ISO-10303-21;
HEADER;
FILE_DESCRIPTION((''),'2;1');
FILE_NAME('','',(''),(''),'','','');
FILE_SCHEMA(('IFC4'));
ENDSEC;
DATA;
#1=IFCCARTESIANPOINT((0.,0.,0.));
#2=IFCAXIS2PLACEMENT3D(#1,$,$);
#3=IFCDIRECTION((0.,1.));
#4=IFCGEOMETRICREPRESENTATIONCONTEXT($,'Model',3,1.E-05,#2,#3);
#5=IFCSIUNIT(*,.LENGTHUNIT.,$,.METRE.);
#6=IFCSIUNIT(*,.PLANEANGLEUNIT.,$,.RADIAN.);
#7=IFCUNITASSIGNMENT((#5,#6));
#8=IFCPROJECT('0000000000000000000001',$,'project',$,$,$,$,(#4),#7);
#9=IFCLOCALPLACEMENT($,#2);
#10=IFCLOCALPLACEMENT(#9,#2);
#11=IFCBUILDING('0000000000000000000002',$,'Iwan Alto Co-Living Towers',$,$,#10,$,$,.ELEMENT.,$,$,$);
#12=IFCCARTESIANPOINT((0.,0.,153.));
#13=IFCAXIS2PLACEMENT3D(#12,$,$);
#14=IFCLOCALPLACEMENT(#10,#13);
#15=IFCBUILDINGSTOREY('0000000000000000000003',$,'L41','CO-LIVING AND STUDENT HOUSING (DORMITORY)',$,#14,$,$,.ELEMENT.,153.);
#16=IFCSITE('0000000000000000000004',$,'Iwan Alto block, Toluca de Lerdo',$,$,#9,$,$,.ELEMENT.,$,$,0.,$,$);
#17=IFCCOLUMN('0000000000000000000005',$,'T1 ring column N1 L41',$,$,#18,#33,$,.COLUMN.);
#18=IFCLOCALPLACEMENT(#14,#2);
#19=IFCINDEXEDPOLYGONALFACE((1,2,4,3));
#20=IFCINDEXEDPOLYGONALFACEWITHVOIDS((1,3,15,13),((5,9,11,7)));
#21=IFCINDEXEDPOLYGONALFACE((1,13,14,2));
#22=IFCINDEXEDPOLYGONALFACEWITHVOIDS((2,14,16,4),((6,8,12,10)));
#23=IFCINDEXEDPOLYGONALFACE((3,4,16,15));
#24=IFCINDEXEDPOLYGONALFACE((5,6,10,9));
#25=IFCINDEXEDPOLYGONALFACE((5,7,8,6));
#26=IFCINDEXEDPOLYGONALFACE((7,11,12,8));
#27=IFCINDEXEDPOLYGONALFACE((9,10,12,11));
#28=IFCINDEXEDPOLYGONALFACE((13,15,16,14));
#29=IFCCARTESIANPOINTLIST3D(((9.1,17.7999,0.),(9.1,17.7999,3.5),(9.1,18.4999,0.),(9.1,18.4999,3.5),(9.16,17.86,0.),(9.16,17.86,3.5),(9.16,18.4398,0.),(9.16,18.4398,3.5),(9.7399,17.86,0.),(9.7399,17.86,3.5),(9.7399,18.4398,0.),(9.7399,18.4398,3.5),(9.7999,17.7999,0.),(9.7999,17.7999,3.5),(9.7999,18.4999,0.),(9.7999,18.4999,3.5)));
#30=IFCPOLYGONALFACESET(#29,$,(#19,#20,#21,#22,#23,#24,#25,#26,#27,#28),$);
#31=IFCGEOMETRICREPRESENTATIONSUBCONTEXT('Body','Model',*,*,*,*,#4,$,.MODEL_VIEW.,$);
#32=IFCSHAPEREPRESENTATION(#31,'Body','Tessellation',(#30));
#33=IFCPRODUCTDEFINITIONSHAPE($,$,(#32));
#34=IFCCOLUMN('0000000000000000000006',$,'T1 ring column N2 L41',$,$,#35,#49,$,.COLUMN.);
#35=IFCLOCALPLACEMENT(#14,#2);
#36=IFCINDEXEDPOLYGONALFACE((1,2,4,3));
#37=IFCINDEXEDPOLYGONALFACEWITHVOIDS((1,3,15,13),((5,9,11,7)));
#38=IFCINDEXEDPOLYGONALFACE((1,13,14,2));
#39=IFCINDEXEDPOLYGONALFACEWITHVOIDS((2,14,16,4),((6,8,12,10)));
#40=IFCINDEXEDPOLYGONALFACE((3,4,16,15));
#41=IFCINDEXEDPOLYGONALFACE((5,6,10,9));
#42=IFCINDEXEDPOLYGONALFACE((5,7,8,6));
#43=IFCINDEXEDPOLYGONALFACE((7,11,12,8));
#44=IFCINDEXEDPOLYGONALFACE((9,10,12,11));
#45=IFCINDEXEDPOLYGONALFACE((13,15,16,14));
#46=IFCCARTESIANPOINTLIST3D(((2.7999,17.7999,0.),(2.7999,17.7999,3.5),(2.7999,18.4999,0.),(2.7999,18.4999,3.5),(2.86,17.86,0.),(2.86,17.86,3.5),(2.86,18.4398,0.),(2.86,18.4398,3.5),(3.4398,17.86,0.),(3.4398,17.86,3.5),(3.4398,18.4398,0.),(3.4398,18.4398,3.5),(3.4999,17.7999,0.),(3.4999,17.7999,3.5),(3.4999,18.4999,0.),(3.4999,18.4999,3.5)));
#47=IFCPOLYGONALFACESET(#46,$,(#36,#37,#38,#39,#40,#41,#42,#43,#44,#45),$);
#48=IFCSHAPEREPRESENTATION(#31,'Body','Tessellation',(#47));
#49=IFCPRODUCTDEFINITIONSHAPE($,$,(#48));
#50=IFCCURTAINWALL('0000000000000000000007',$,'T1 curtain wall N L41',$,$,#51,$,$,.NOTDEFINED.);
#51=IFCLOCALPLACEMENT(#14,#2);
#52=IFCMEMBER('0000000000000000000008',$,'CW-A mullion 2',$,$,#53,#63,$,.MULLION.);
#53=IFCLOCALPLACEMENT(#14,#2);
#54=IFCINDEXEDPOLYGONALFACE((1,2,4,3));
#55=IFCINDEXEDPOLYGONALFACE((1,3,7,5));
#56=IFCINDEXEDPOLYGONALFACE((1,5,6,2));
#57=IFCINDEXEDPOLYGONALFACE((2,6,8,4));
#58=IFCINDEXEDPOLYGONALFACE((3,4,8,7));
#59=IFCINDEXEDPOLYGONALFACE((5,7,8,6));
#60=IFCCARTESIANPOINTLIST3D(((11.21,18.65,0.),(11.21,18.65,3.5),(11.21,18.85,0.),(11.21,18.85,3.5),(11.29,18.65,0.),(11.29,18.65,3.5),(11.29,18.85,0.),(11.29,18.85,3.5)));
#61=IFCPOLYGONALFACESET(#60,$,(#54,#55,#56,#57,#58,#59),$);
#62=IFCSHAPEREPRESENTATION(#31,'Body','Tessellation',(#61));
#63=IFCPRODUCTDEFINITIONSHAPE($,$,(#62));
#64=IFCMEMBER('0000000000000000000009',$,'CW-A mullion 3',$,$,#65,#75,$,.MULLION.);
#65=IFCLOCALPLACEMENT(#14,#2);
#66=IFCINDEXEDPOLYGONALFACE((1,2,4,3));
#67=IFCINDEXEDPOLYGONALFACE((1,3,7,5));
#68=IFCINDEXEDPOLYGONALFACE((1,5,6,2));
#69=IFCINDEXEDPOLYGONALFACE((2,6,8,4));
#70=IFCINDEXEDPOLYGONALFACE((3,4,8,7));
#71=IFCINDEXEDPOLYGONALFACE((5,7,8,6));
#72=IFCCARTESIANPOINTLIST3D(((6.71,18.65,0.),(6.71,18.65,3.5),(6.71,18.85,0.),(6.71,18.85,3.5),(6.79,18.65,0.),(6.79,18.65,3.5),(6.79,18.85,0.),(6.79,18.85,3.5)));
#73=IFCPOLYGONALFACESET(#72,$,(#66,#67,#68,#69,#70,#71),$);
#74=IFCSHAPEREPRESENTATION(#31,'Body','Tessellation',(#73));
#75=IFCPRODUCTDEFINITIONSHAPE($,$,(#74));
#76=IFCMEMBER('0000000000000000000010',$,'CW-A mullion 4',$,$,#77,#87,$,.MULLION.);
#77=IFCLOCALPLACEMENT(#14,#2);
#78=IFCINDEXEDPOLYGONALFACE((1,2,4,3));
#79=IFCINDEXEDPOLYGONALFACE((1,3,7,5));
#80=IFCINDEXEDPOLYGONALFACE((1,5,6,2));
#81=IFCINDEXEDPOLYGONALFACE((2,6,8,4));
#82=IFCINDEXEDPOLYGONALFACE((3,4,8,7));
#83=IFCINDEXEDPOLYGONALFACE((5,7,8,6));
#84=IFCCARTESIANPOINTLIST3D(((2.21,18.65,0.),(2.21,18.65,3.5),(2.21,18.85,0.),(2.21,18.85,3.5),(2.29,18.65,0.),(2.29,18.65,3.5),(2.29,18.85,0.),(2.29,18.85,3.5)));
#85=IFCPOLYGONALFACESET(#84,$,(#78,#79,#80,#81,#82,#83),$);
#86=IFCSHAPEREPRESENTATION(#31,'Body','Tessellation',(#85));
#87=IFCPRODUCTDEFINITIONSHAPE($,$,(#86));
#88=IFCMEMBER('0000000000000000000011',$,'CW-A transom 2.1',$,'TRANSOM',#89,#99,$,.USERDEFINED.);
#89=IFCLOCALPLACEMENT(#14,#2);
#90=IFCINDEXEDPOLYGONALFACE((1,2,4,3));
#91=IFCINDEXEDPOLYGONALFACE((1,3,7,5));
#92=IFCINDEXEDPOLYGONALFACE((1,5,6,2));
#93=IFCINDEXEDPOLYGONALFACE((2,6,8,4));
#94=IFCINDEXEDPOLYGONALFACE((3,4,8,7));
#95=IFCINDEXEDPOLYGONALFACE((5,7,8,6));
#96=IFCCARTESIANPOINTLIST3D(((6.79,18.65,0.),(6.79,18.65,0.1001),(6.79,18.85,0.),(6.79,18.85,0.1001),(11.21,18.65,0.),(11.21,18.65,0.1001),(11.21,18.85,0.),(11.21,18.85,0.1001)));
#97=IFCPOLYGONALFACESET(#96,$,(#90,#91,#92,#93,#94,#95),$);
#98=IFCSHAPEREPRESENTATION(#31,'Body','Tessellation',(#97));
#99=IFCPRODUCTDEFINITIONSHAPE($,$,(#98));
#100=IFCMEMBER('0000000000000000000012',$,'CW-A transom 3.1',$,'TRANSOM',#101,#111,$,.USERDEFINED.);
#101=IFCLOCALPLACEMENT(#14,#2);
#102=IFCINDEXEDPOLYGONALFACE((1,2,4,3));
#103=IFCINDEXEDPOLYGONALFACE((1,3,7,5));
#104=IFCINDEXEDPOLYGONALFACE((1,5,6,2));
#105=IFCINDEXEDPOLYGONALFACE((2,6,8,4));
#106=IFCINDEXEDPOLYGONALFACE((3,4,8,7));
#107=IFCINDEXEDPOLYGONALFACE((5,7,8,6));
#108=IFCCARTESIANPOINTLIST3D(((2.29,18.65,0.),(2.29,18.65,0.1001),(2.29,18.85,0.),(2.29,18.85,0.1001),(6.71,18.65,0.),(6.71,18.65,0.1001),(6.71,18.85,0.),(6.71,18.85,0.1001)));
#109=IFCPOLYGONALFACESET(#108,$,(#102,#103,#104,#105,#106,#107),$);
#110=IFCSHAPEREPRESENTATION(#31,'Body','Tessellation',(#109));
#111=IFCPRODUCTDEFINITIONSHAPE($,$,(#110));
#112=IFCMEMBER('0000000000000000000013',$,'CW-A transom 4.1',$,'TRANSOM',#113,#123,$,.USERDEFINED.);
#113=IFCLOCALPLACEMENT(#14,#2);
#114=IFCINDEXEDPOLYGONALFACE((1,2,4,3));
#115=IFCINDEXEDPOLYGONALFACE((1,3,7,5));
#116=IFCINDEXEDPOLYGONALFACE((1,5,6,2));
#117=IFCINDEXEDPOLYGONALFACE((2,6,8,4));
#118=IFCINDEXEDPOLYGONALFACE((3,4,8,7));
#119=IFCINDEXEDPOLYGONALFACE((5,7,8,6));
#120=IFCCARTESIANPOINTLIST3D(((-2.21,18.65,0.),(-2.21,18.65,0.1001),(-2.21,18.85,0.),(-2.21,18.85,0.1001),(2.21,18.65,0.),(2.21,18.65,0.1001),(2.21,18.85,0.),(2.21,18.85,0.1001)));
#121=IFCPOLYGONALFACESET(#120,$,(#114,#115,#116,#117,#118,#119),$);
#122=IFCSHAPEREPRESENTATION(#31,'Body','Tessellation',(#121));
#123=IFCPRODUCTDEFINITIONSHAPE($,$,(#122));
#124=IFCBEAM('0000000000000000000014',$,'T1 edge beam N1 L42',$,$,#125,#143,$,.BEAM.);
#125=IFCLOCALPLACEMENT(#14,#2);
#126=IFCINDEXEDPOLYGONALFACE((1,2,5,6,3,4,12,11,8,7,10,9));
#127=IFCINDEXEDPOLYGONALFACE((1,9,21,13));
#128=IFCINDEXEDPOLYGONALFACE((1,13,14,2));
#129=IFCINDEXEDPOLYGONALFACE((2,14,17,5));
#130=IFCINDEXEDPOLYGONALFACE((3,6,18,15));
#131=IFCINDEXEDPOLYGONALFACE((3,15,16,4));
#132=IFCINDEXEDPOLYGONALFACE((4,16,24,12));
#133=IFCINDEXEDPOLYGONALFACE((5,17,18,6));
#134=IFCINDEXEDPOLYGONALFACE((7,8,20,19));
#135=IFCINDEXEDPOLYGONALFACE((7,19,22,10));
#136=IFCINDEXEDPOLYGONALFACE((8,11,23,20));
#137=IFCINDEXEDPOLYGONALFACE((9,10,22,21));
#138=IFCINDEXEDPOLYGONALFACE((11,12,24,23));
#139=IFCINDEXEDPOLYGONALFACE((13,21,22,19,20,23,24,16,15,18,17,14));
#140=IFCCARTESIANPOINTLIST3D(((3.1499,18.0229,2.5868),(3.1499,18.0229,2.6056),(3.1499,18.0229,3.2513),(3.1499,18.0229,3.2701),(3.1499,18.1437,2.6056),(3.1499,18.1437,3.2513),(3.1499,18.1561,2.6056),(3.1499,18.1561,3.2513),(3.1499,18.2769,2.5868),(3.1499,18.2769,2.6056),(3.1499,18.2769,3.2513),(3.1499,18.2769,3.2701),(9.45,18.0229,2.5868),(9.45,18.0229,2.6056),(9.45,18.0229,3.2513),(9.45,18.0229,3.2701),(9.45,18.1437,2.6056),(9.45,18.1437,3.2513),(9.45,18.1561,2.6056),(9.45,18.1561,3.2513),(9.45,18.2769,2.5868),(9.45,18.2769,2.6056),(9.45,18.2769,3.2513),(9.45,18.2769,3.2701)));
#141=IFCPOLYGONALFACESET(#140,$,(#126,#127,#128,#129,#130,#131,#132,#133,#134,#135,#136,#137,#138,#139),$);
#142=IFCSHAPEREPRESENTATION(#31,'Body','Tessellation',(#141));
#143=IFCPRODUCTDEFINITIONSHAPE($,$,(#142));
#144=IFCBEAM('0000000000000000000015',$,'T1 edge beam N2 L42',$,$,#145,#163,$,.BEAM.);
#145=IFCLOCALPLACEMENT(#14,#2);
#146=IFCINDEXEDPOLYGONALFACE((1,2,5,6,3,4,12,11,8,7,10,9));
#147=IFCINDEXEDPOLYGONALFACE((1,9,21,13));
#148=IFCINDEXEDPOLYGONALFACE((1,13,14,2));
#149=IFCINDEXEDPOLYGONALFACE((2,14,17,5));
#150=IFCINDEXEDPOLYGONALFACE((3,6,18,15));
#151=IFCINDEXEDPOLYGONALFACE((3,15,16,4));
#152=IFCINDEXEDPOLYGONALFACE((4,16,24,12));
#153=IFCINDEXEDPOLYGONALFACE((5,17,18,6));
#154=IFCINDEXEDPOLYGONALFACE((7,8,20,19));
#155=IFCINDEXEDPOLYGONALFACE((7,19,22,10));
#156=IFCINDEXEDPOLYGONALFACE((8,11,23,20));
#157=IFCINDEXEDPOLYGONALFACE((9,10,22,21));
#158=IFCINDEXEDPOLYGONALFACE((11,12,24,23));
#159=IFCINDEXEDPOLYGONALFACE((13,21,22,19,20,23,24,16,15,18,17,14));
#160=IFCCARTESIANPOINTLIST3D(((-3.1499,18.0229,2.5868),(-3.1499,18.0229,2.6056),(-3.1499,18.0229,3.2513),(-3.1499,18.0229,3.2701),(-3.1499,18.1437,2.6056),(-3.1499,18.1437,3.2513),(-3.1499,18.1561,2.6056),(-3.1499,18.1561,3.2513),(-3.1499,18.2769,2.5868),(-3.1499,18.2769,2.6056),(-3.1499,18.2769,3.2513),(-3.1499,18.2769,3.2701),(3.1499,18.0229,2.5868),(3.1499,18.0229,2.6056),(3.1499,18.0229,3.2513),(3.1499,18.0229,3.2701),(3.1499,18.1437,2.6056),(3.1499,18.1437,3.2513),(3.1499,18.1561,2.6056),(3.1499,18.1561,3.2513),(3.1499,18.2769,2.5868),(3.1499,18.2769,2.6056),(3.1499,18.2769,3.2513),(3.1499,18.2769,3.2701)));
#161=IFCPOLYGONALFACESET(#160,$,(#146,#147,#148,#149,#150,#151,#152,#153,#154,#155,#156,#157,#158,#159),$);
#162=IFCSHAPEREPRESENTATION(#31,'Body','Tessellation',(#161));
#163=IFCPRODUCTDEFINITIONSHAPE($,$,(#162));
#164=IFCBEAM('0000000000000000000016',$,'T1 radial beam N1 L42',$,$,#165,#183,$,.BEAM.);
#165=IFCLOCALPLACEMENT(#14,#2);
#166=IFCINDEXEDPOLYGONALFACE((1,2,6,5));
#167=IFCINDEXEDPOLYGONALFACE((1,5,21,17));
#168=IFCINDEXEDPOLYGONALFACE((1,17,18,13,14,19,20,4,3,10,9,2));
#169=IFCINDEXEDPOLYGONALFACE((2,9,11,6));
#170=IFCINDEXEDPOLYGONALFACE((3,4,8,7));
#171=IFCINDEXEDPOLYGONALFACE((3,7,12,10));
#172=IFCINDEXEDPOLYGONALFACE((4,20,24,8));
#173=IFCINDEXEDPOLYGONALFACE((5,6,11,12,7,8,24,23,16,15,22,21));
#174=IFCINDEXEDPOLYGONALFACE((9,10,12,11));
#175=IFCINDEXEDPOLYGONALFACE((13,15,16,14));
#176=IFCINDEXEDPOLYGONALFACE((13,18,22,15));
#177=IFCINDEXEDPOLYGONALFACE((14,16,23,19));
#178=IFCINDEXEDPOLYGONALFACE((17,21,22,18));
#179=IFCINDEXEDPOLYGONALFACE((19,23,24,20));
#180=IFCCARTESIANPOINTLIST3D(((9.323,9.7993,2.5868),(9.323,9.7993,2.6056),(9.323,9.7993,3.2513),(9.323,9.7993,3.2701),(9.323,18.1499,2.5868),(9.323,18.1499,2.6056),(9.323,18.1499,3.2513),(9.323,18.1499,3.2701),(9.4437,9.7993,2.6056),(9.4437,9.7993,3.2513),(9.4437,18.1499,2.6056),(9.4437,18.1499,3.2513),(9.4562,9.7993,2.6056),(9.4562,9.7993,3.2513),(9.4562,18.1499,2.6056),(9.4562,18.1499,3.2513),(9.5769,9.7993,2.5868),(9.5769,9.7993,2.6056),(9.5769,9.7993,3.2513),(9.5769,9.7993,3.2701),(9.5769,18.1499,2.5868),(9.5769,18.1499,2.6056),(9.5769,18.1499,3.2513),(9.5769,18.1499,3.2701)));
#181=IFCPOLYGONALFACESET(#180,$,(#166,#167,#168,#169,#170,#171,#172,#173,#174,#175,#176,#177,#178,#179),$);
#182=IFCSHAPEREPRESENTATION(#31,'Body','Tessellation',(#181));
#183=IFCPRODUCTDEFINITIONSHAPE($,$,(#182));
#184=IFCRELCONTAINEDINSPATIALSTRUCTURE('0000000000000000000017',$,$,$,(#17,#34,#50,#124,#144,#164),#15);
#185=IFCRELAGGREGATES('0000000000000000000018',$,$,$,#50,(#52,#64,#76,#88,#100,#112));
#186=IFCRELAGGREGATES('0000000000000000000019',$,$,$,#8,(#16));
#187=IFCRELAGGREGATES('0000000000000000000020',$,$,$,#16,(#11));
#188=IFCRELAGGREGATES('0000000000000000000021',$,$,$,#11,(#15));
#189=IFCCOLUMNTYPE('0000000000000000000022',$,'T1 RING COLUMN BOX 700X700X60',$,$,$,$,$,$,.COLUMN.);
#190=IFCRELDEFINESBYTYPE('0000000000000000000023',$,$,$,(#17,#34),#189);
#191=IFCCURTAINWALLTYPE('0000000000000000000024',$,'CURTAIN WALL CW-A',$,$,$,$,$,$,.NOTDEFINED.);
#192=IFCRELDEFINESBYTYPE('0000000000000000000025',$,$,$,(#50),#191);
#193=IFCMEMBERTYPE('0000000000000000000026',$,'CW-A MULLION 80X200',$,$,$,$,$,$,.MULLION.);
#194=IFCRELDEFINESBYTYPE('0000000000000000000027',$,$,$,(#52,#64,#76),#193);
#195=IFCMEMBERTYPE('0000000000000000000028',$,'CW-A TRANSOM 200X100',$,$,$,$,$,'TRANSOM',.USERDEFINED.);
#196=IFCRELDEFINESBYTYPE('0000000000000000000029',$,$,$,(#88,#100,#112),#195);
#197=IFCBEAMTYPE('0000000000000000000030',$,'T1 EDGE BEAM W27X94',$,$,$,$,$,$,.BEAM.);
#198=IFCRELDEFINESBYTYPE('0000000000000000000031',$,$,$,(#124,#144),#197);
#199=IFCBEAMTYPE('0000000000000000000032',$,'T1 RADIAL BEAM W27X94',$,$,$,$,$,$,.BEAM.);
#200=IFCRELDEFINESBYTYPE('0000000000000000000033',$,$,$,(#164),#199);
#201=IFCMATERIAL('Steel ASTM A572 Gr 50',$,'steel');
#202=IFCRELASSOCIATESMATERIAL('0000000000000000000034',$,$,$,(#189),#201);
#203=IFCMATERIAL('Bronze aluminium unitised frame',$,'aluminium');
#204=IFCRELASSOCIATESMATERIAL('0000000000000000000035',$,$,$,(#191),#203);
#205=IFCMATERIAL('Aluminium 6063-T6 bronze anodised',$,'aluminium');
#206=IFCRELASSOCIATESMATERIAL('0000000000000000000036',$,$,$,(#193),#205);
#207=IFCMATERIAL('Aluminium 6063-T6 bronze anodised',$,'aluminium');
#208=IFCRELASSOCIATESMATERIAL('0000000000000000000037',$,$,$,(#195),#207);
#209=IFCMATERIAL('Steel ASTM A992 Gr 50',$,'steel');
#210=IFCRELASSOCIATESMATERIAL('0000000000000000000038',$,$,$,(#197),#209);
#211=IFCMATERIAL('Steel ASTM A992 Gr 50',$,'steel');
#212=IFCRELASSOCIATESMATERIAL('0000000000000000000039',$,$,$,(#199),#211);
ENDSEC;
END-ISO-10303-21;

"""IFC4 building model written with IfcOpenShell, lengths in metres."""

from ifc_helpers import new_model, si_unit, direction, frame, origin, origin_2d, place, context, subcontext, project, spatial, rectangle, hollow_rectangle, i_section, extrude, material, material_profile, profile_set, type_object, element, aggregate, save


model = new_model("IFC4")

# Units and contexts
model_context = context("Model", 3, precision=1e-05, world=origin(), true_north=direction((0.0, 1.0)))
body_context = subcontext(model_context, "Body", "Model", "MODEL_VIEW")
ifc_project = project(units=[si_unit("LENGTHUNIT", "METRE"), si_unit("PLANEANGLEUNIT", "RADIAN")], contexts=[model_context])

# Site, building, storey
site_placement = place(None, origin())
site = spatial("IfcSite", under=ifc_project, at=site_placement, Name="Iwan Alto block, Toluca de Lerdo", CompositionType="ELEMENT", RefElevation=0.0)
building_placement = place(site_placement, origin())
building = spatial("IfcBuilding", under=site, at=building_placement, Name="Iwan Alto Co-Living Towers", CompositionType="ELEMENT")
storey_placement = place(building_placement, frame((0.0, 0.0, 153.0)))
storey = spatial("IfcBuildingStorey", under=building, at=storey_placement, Name="L41", Description="CO-LIVING AND STUDENT HOUSING (DORMITORY)", CompositionType="ELEMENT", Elevation=153.0)

# Columns
ifc_material_1 = material(Name="Steel ASTM A572 Gr 50", Category="steel")
ifc_material_profile_1 = material_profile(ifc_material_1, hollow_rectangle(XDim=0.7, YDim=0.7, WallThickness=0.0601, at=origin_2d()), Name="BOX 700X700X60")
ifc_profile_set_1 = profile_set([ifc_material_profile_1], Name="Steel ASTM A572 Gr 50")
column_type = type_object("IfcColumnType", Name="T1 RING COLUMN BOX 700X700X60", PredefinedType="COLUMN", material=ifc_profile_set_1)
for number, where, z_axis, x_axis, name in (
    (1, (9.45, 18.1499, 0.0), (0.0, 0.0, 1.0), (1.0, 0.0, 0.0), "T1 ring column N1 L41"),
    (2, (3.1499, 18.1499, 0.0), (0.0, 0.0, 1.0), (1.0, 0.0, 0.0), "T1 ring column N2 L41"),
):
    element("IfcColumn", number, at=place(storey_placement, frame(where, z_axis=z_axis, x_axis=x_axis)), inside=storey, type_object=column_type, Name=name, PredefinedType="COLUMN", context=body_context, shape_type="SweptSolid", body=[
        extrude(hollow_rectangle(XDim=0.7, YDim=0.7, WallThickness=0.0601, at=origin_2d()), origin(), (0.0, 0.0, 1.0), 3.5),
    ])

# Curtain wall, members
ifc_material_2 = material(Name="Bronze aluminium unitised frame", Category="aluminium")
curtain_wall_type = type_object("IfcCurtainWallType", Name="CURTAIN WALL CW-A", PredefinedType="NOTDEFINED", material=ifc_material_2)
curtain_wall_placement = place(storey_placement, origin())
curtain_wall = element("IfcCurtainWall", 3, at=curtain_wall_placement, inside=storey, type_object=curtain_wall_type, Name="T1 curtain wall N L41", PredefinedType="NOTDEFINED")
ifc_material_3 = material(Name="Aluminium 6063-T6 bronze anodised", Category="aluminium")
ifc_material_profile_2 = material_profile(ifc_material_3, rectangle(XDim=0.2, YDim=0.0801, at=origin_2d()), Name="AL 80X200")
ifc_profile_set_2 = profile_set([ifc_material_profile_2], Name="Aluminium 6063-T6 bronze anodised")
member_type_1 = type_object("IfcMemberType", Name="CW-A MULLION 80X200", PredefinedType="MULLION", material=ifc_profile_set_2)
member_1_placement = place(storey_placement, frame((11.25, 18.75, 0.0), z_axis=(0.0, 0.0, 1.0), x_axis=(0.0, -1.0, 0.0)))
member_1 = element("IfcMember", 4, at=member_1_placement, type_object=member_type_1, Name="CW-A mullion 2", PredefinedType="MULLION", context=body_context, shape_type="SweptSolid", body=[
    extrude(rectangle(XDim=0.2, YDim=0.0801, at=origin_2d()), origin(), (0.0, 0.0, 1.0), 3.5),
])
member_2_placement = place(storey_placement, frame((6.75, 18.75, 0.0), z_axis=(0.0, 0.0, 1.0), x_axis=(0.0, -1.0, 0.0)))
member_2 = element("IfcMember", 5, at=member_2_placement, type_object=member_type_1, Name="CW-A mullion 3", PredefinedType="MULLION", context=body_context, shape_type="SweptSolid", body=[
    extrude(rectangle(XDim=0.2, YDim=0.0801, at=origin_2d()), origin(), (0.0, 0.0, 1.0), 3.5),
])
member_3_placement = place(storey_placement, frame((2.25, 18.75, 0.0), z_axis=(0.0, 0.0, 1.0), x_axis=(0.0, -1.0, 0.0)))
member_3 = element("IfcMember", 6, at=member_3_placement, type_object=member_type_1, Name="CW-A mullion 4", PredefinedType="MULLION", context=body_context, shape_type="SweptSolid", body=[
    extrude(rectangle(XDim=0.2, YDim=0.0801, at=origin_2d()), origin(), (0.0, 0.0, 1.0), 3.5),
])
ifc_material_4 = material(Name="Aluminium 6063-T6 bronze anodised", Category="aluminium")
ifc_material_profile_3 = material_profile(ifc_material_4, rectangle(XDim=0.2, YDim=0.1001, at=origin_2d()), Name="AL 200X100")
ifc_profile_set_3 = profile_set([ifc_material_profile_3], Name="Aluminium 6063-T6 bronze anodised")
member_type_2 = type_object("IfcMemberType", Name="CW-A TRANSOM 200X100", ElementType="TRANSOM", PredefinedType="USERDEFINED", material=ifc_profile_set_3)
member_4_placement = place(storey_placement, frame((11.21, 18.75, 0.05), z_axis=(-1.0, 0.0, 0.0), x_axis=(0.0, -1.0, 0.0)))
member_4 = element("IfcMember", 7, at=member_4_placement, type_object=member_type_2, Name="CW-A transom 2.1", ObjectType="TRANSOM", PredefinedType="USERDEFINED", context=body_context, shape_type="SweptSolid", body=[
    extrude(rectangle(XDim=0.2, YDim=0.1001, at=origin_2d()), origin(), (0.0, 0.0, 1.0), 4.4199),
])
member_5_placement = place(storey_placement, frame((6.71, 18.75, 0.05), z_axis=(-1.0, 0.0, 0.0), x_axis=(0.0, -1.0, 0.0)))
member_5 = element("IfcMember", 8, at=member_5_placement, type_object=member_type_2, Name="CW-A transom 3.1", ObjectType="TRANSOM", PredefinedType="USERDEFINED", context=body_context, shape_type="SweptSolid", body=[
    extrude(rectangle(XDim=0.2, YDim=0.1001, at=origin_2d()), origin(), (0.0, 0.0, 1.0), 4.4199),
])
member_6_placement = place(storey_placement, frame((2.21, 18.75, 0.05), z_axis=(-1.0, 0.0, 0.0), x_axis=(0.0, -1.0, 0.0)))
member_6 = element("IfcMember", 9, at=member_6_placement, type_object=member_type_2, Name="CW-A transom 4.1", ObjectType="TRANSOM", PredefinedType="USERDEFINED", context=body_context, shape_type="SweptSolid", body=[
    extrude(rectangle(XDim=0.2, YDim=0.1001, at=origin_2d()), origin(), (0.0, 0.0, 1.0), 4.4199),
])

# Beams
ifc_material_5 = material(Name="Steel ASTM A992 Gr 50", Category="steel")
ifc_material_profile_4 = material_profile(ifc_material_5, i_section(OverallWidth=0.2539, OverallDepth=0.6833, WebThickness=0.0125, FlangeThickness=0.0188, at=origin_2d()), Name="W27X94")
ifc_profile_set_4 = profile_set([ifc_material_profile_4], Name="Steel ASTM A992 Gr 50")
beam_type_1 = type_object("IfcBeamType", Name="T1 EDGE BEAM W27X94", PredefinedType="BEAM", material=ifc_profile_set_4)
beam_1_placement = place(storey_placement, frame((9.45, 18.1499, 2.9285), z_axis=(-1.0, 0.0, 0.0), x_axis=(0.0, -1.0, 0.0)))
element("IfcBeam", 10, at=beam_1_placement, inside=storey, type_object=beam_type_1, Name="T1 edge beam N1 L42", PredefinedType="BEAM", context=body_context, shape_type="SweptSolid", body=[
    extrude(i_section(OverallWidth=0.2539, OverallDepth=0.6833, WebThickness=0.0125, FlangeThickness=0.0188, at=origin_2d()), origin(), (0.0, 0.0, 1.0), 6.3),
])
beam_2_placement = place(storey_placement, frame((3.1499, 18.1499, 2.9285), z_axis=(-1.0, 0.0, 0.0), x_axis=(0.0, -1.0, 0.0)))
element("IfcBeam", 11, at=beam_2_placement, inside=storey, type_object=beam_type_1, Name="T1 edge beam N2 L42", PredefinedType="BEAM", context=body_context, shape_type="SweptSolid", body=[
    extrude(i_section(OverallWidth=0.2539, OverallDepth=0.6833, WebThickness=0.0125, FlangeThickness=0.0188, at=origin_2d()), origin(), (0.0, 0.0, 1.0), 6.2998),
])
ifc_material_6 = material(Name="Steel ASTM A992 Gr 50", Category="steel")
ifc_material_profile_5 = material_profile(ifc_material_6, i_section(OverallWidth=0.2539, OverallDepth=0.6833, WebThickness=0.0125, FlangeThickness=0.0188, at=origin_2d()), Name="W27X94")
ifc_profile_set_5 = profile_set([ifc_material_profile_5], Name="Steel ASTM A992 Gr 50")
beam_type_2 = type_object("IfcBeamType", Name="T1 RADIAL BEAM W27X94", PredefinedType="BEAM", material=ifc_profile_set_5)
for number, where, z_axis, x_axis, name in (
    (12, (9.45, 18.1499, 2.9285), (0.0, -1.0, 0.0), (1.0, 0.0, 0.0), "T1 radial beam N1 L42"),
):
    element("IfcBeam", number, at=place(storey_placement, frame(where, z_axis=z_axis, x_axis=x_axis)), inside=storey, type_object=beam_type_2, Name=name, PredefinedType="BEAM", context=body_context, shape_type="SweptSolid", body=[
        extrude(i_section(OverallWidth=0.2539, OverallDepth=0.6833, WebThickness=0.0125, FlangeThickness=0.0188, at=origin_2d()), origin(), (0.0, 0.0, 1.0), 8.3506),
    ])

aggregate(curtain_wall, [member_1, member_2, member_3, member_4, member_5, member_6])

save(model, "model.ifc")
